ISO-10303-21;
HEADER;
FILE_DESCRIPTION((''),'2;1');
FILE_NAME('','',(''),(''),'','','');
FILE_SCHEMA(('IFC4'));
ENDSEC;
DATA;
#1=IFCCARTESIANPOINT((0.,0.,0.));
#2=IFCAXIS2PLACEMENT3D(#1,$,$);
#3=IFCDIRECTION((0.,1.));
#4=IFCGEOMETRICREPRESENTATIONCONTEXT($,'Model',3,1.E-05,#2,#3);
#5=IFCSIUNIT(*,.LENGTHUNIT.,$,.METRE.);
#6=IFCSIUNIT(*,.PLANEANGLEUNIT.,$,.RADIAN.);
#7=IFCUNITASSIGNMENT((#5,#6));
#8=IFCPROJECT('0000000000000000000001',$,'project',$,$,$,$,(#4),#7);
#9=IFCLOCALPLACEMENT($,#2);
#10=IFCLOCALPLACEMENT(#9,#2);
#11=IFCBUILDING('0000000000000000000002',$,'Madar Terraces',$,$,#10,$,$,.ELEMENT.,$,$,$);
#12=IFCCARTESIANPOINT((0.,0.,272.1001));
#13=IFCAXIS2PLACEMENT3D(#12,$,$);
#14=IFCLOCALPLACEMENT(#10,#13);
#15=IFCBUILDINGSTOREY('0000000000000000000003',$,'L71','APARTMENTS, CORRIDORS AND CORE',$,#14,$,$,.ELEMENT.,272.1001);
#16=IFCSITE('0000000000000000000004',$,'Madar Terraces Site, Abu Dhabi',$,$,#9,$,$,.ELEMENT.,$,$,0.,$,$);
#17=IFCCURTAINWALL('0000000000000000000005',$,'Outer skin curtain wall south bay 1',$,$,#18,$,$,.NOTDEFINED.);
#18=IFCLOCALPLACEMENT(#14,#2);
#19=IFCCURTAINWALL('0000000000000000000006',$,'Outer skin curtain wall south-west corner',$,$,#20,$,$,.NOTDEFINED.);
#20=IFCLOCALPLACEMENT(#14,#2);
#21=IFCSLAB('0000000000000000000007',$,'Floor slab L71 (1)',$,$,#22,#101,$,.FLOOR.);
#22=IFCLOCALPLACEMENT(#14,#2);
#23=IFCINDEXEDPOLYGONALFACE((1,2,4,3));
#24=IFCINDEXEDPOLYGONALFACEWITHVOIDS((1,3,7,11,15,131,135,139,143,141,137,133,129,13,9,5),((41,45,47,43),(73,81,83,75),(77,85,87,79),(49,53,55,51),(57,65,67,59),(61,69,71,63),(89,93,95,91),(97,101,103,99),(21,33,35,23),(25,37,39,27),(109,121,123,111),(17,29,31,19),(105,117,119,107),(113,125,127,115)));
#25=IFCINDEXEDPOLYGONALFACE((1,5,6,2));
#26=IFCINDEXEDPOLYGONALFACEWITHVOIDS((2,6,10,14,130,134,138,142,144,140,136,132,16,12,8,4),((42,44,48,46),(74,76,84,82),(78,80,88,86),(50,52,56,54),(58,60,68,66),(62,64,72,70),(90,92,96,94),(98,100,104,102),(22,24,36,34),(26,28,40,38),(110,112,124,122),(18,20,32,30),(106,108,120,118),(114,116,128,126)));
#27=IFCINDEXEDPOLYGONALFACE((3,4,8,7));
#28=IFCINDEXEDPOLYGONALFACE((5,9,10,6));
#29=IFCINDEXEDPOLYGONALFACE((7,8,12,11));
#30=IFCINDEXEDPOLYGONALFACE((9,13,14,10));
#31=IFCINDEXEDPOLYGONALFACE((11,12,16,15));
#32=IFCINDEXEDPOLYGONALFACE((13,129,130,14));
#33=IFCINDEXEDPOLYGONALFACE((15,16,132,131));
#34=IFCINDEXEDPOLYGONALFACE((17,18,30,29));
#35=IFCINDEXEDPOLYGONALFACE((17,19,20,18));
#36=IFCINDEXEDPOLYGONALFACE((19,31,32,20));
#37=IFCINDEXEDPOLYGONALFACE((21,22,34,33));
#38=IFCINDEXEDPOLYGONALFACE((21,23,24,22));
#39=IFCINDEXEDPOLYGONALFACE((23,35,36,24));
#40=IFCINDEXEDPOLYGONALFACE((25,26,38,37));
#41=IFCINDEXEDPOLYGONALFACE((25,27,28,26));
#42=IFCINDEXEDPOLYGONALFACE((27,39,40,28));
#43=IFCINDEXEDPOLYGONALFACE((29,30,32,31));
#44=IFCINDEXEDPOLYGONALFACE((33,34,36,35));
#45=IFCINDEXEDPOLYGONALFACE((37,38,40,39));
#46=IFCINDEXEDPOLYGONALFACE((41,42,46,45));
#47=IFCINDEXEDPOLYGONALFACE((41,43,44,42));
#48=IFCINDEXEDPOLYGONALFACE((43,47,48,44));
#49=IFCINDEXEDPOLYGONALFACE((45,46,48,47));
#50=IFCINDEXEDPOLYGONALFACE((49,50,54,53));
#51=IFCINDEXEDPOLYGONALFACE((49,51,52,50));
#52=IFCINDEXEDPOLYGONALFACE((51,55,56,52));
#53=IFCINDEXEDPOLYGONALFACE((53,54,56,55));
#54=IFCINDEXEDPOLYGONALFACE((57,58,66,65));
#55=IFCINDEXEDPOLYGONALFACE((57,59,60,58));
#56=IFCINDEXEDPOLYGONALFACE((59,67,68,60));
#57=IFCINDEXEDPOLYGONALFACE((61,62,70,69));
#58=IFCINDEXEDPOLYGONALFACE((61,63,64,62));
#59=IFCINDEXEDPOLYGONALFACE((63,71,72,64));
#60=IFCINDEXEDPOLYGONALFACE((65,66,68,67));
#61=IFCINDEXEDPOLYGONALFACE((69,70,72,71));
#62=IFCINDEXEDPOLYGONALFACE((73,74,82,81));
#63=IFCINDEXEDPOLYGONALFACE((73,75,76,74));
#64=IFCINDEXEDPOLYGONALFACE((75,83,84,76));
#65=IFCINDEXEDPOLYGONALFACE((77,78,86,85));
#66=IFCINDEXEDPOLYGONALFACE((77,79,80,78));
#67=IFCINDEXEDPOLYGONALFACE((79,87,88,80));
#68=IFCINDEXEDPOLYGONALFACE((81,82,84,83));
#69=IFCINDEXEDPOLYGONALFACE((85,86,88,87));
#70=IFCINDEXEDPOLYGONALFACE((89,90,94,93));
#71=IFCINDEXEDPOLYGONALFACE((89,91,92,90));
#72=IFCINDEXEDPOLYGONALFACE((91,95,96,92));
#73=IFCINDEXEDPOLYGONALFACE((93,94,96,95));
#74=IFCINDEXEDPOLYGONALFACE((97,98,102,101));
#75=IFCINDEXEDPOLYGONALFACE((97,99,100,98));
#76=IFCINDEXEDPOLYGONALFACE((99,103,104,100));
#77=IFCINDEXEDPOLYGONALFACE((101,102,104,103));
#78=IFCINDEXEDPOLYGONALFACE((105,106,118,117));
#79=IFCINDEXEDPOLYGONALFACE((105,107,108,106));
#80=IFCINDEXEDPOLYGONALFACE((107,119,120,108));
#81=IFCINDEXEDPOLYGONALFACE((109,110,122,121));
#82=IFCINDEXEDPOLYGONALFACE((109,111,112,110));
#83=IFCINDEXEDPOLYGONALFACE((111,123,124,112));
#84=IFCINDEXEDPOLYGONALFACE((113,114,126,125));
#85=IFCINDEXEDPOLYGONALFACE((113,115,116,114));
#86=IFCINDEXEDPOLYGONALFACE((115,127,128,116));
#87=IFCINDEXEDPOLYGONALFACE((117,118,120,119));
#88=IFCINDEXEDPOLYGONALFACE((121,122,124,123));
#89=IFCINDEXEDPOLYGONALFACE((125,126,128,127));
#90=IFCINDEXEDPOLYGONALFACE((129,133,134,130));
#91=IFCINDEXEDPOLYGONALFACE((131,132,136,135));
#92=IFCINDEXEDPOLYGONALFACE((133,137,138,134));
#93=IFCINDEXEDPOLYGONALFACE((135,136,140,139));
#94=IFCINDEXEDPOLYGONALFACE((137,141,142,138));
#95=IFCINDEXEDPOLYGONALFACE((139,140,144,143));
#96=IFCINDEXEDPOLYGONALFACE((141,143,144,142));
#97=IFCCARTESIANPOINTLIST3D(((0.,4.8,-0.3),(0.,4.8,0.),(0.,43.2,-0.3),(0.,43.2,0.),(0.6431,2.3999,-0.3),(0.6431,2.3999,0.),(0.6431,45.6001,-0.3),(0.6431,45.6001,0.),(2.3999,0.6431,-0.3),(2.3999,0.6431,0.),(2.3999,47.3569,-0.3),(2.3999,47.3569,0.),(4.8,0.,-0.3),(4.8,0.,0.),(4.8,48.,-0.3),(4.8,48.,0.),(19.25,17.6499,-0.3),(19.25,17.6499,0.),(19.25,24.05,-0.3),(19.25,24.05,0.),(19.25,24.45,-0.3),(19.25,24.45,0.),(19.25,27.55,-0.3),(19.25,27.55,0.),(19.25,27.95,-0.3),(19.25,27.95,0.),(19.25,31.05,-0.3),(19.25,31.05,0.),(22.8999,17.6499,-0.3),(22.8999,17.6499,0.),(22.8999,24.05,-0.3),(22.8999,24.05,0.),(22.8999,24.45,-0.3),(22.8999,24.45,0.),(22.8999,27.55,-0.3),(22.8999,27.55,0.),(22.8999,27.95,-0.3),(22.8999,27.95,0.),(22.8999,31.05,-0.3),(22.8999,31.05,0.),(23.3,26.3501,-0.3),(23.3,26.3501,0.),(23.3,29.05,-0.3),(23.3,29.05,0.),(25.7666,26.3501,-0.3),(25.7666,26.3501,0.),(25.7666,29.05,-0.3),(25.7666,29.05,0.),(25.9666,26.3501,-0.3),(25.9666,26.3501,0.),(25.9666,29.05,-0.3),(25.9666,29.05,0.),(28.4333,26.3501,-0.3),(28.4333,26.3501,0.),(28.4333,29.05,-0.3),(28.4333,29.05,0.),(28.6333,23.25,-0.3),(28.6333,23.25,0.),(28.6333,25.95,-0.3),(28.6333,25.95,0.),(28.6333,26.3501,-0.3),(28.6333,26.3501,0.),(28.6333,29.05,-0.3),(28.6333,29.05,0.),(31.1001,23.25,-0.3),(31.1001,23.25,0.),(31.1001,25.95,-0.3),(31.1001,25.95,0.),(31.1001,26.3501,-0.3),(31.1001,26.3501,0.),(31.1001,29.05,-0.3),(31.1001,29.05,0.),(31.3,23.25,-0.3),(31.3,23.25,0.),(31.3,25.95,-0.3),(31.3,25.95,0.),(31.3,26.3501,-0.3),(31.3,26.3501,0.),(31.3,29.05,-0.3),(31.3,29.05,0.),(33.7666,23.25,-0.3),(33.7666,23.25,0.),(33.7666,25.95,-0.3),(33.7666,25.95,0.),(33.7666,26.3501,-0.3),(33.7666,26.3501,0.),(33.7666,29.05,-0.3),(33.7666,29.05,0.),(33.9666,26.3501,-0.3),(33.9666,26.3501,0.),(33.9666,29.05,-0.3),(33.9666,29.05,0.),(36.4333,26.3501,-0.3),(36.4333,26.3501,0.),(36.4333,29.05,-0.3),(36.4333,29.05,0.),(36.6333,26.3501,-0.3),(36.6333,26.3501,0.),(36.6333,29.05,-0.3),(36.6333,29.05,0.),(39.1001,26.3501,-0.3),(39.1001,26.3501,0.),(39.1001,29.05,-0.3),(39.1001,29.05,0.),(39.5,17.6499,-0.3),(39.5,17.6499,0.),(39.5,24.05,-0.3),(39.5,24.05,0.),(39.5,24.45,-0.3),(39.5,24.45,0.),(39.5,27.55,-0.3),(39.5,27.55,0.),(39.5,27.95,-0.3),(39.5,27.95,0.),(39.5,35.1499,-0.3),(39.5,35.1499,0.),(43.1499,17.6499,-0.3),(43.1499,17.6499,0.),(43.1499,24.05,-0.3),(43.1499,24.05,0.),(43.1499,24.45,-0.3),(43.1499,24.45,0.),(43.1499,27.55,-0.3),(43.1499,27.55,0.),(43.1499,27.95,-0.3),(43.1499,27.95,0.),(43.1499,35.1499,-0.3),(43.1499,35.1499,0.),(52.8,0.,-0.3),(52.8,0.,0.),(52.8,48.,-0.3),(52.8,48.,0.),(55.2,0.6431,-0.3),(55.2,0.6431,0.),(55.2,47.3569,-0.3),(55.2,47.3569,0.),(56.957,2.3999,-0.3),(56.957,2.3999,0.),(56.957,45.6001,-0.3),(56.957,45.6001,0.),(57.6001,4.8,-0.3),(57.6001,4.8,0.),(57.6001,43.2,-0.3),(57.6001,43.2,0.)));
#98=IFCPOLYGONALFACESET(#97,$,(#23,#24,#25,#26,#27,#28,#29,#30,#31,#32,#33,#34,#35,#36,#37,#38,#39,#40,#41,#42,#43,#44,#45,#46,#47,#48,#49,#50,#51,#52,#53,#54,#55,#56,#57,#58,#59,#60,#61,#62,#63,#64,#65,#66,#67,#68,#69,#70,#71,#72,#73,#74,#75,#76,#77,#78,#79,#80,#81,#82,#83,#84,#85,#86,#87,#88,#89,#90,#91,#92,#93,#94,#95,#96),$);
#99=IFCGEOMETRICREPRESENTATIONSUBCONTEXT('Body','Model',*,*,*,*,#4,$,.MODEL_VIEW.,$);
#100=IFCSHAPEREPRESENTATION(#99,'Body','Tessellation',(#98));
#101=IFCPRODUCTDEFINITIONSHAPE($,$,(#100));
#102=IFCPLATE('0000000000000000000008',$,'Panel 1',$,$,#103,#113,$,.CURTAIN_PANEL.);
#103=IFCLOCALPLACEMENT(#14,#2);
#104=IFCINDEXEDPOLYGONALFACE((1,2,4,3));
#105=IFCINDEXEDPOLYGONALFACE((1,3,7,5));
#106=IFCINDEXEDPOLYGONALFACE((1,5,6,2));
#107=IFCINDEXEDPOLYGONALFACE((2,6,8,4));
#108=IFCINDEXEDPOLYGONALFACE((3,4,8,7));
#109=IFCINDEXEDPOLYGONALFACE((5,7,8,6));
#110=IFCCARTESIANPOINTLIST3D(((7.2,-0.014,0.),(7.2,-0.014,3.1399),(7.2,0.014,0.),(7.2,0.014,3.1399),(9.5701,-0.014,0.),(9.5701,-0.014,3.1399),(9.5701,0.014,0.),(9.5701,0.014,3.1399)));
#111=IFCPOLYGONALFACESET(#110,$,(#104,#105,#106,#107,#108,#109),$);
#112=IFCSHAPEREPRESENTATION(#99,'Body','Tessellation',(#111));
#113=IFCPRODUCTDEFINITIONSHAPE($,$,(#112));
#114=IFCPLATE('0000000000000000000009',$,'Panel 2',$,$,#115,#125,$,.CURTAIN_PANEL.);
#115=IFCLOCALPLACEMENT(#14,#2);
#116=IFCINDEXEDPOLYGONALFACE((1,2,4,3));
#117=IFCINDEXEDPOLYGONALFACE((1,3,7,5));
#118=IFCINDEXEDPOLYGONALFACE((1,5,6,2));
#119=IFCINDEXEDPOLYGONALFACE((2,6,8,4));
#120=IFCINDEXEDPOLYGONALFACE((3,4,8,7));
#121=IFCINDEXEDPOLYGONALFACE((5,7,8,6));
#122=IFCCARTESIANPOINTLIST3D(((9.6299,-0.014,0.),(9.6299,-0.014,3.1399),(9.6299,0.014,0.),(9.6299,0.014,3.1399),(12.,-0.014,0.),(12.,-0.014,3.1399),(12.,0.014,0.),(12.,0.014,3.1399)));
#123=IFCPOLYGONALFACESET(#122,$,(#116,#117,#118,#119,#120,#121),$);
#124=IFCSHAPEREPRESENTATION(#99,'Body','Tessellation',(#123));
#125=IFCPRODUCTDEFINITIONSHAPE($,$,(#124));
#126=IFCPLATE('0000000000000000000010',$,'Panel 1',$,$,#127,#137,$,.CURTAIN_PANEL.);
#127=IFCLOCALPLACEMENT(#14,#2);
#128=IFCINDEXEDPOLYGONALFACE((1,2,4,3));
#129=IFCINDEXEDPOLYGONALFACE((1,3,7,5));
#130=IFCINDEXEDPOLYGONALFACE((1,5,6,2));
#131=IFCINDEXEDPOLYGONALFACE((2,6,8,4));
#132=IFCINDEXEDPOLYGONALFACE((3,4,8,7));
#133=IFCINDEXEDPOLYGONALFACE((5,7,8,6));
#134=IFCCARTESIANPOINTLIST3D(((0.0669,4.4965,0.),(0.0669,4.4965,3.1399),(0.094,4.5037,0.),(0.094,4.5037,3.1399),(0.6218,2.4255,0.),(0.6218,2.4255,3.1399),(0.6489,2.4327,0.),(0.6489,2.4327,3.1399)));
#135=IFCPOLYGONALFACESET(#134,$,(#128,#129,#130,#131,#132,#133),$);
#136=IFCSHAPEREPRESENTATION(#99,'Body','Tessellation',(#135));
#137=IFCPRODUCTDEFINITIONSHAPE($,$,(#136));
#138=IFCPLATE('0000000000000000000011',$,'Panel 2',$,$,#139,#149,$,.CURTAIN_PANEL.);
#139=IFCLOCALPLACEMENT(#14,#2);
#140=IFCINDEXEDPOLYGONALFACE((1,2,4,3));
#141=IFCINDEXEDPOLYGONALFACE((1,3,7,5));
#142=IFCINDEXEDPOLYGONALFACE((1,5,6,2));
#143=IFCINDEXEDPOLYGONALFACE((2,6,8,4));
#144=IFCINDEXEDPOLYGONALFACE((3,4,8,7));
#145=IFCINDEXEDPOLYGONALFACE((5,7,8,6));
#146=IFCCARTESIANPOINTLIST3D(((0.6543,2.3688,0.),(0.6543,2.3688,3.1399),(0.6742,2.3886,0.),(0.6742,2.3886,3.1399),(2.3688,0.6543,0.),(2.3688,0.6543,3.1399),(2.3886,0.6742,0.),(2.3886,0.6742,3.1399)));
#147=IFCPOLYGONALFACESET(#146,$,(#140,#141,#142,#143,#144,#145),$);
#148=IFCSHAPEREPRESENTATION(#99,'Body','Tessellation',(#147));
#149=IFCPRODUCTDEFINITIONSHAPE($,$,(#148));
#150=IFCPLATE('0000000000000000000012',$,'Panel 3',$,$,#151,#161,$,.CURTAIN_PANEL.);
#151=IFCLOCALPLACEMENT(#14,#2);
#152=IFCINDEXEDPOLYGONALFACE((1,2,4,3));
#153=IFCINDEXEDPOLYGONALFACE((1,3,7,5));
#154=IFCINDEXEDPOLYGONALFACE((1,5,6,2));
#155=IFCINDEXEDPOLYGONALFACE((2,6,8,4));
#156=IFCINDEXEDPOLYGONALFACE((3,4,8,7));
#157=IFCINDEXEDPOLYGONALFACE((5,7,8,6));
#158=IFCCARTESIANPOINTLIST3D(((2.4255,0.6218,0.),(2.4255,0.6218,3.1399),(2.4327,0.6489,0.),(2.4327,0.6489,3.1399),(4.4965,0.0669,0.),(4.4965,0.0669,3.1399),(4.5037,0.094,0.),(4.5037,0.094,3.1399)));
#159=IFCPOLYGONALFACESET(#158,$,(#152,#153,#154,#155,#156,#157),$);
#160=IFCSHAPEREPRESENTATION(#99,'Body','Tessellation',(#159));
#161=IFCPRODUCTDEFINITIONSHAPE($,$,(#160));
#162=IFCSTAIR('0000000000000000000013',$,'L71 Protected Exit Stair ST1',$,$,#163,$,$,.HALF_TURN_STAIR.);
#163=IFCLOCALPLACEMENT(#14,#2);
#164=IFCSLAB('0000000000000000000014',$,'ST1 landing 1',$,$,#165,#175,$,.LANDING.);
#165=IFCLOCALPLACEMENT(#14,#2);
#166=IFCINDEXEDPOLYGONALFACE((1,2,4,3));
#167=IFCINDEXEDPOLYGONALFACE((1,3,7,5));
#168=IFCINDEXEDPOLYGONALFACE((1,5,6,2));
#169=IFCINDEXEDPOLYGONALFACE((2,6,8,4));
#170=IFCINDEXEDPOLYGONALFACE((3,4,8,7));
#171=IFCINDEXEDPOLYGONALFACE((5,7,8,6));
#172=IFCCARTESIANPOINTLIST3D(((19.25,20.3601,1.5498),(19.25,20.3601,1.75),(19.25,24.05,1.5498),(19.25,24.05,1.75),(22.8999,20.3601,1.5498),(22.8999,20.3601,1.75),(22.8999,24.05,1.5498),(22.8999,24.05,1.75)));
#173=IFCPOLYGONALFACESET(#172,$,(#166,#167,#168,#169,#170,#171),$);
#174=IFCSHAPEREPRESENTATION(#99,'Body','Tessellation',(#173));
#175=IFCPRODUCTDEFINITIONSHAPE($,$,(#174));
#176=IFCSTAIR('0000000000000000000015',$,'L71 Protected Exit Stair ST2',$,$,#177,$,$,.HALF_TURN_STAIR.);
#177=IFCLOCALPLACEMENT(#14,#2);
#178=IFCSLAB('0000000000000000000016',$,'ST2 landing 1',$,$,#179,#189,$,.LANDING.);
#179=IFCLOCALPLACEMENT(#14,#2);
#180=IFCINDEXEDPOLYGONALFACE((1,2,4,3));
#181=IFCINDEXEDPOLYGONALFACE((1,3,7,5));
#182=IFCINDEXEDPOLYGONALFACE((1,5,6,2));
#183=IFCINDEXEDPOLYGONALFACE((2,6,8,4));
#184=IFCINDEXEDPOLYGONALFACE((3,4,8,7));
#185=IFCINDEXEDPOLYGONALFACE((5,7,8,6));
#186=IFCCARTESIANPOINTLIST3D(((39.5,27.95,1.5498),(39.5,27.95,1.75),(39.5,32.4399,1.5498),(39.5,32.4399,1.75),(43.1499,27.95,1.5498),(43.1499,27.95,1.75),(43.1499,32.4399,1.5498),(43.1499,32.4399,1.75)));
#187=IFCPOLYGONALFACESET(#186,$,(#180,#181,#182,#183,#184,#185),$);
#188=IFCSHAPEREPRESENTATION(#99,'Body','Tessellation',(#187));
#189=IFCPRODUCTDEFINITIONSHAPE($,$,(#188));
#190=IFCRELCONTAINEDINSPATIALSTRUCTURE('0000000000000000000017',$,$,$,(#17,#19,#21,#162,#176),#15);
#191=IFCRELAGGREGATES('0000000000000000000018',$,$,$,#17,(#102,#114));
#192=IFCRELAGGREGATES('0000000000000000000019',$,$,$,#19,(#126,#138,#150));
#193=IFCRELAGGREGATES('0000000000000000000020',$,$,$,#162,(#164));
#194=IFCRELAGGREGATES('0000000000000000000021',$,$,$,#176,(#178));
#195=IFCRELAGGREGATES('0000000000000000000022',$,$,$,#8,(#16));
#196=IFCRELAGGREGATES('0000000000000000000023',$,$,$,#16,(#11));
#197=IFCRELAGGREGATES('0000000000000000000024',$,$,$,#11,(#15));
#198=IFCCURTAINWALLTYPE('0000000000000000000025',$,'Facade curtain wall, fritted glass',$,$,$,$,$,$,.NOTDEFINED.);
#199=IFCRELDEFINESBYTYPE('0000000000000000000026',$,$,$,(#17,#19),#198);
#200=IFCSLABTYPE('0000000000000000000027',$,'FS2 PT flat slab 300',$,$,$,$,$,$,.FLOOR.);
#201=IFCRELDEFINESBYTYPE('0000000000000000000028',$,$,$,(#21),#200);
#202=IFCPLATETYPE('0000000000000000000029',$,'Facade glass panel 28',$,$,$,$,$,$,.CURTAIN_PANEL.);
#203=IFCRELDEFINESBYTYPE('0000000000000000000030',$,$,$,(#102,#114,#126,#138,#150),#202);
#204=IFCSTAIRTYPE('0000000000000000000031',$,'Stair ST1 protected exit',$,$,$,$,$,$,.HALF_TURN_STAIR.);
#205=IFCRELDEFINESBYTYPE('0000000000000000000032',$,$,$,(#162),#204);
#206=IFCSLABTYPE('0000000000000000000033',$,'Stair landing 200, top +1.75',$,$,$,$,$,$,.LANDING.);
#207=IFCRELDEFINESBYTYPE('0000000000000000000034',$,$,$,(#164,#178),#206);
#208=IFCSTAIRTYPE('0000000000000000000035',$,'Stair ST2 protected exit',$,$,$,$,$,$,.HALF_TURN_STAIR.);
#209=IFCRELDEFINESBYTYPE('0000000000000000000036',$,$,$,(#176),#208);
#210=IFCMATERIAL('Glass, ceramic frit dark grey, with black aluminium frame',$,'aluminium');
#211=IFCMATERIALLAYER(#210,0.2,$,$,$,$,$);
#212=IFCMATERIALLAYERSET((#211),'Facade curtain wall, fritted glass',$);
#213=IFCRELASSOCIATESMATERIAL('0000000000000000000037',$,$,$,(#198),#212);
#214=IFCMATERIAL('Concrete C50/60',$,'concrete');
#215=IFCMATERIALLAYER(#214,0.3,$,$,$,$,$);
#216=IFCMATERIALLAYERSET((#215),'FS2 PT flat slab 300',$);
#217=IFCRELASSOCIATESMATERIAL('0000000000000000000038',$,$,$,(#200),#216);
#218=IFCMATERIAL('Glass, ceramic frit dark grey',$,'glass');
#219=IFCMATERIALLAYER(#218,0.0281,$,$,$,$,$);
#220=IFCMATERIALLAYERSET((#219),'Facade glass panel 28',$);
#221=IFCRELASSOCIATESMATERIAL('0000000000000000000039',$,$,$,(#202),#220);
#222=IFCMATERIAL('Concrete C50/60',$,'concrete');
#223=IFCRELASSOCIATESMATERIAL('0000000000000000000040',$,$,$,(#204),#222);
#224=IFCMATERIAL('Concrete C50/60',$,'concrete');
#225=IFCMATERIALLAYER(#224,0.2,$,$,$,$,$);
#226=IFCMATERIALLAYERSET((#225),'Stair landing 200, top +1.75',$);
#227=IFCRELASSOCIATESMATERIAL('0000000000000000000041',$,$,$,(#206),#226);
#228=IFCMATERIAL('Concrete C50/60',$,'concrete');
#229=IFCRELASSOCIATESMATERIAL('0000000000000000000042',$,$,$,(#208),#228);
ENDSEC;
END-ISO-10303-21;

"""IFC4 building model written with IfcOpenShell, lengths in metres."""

from ifc_helpers import new_model, si_unit, direction, frame, origin, origin_2d, place, context, subcontext, project, spatial, polyline, rectangle, outline, extrude, material, layer, layer_set, type_object, element, aggregate, save


model = new_model("IFC4")

# Units and contexts
model_context = context("Model", 3, precision=1e-05, world=origin(), true_north=direction((0.0, 1.0)))
body_context = subcontext(model_context, "Body", "Model", "MODEL_VIEW")
ifc_project = project(units=[si_unit("LENGTHUNIT", "METRE"), si_unit("PLANEANGLEUNIT", "RADIAN")], contexts=[model_context])

# Site, building, storey
site_placement = place(None, origin())
site = spatial("IfcSite", under=ifc_project, at=site_placement, Name="Madar Terraces Site, Abu Dhabi", CompositionType="ELEMENT", RefElevation=0.0)
building_placement = place(site_placement, origin())
building = spatial("IfcBuilding", under=site, at=building_placement, Name="Madar Terraces", CompositionType="ELEMENT")
storey_placement = place(building_placement, frame((0.0, 0.0, 272.1001)))
storey = spatial("IfcBuildingStorey", under=building, at=storey_placement, Name="L71", Description="APARTMENTS, CORRIDORS AND CORE", CompositionType="ELEMENT", Elevation=272.1001)

# Curtain wall
ifc_material_1 = material(Name="Glass, ceramic frit dark grey, with black aluminium frame", Category="aluminium")
ifc_layer_1 = layer(ifc_material_1, 0.2)
ifc_layer_set_1 = layer_set([ifc_layer_1], Name="Facade curtain wall, fritted glass")
curtain_wall_type = type_object("IfcCurtainWallType", Name="Facade curtain wall, fritted glass", PredefinedType="NOTDEFINED", material=ifc_layer_set_1)
curtain_wall_1_placement = place(storey_placement, origin())
curtain_wall_1 = element("IfcCurtainWall", 1, at=curtain_wall_1_placement, inside=storey, type_object=curtain_wall_type, Name="Outer skin curtain wall south bay 1", PredefinedType="NOTDEFINED")

# Curtain wall
curtain_wall_2_placement = place(storey_placement, origin())
curtain_wall_2 = element("IfcCurtainWall", 2, at=curtain_wall_2_placement, inside=storey, type_object=curtain_wall_type, Name="Outer skin curtain wall south-west corner", PredefinedType="NOTDEFINED")

# Slab
ifc_material_2 = material(Name="Concrete C50/60", Category="concrete")
ifc_layer_2 = layer(ifc_material_2, 0.3)
ifc_layer_set_2 = layer_set([ifc_layer_2], Name="FS2 PT flat slab 300")
slab_type_1 = type_object("IfcSlabType", Name="FS2 PT flat slab 300", PredefinedType="FLOOR", material=ifc_layer_set_2)
slab_1_placement = place(storey_placement, frame((0.0, 0.0, -0.3)))
element("IfcSlab", 3, at=slab_1_placement, inside=storey, type_object=slab_type_1, Name="Floor slab L71 (1)", PredefinedType="FLOOR", context=body_context, shape_type="SweptSolid", body=[
    extrude(outline(polyline([(52.8, 0.0), (55.2, 0.6431), (56.957, 2.3999), (57.6001, 4.8), (57.6001, 43.2), (56.957, 45.6001), (55.2, 47.3569), (52.8, 48.0), (4.8, 48.0), (2.3999, 47.3569), (0.6431, 45.6001), (0.0, 43.2), (0.0, 4.8), (0.6431, 2.3999), (2.3999, 0.6431), (4.8, 0.0), (52.8, 0.0)]), holes=[polyline([(22.8999, 17.6499), (19.25, 17.6499), (19.25, 24.05), (22.8999, 24.05), (22.8999, 17.6499)]), polyline([(28.6333, 23.25), (28.6333, 25.95), (31.1001, 25.95), (31.1001, 23.25), (28.6333, 23.25)]), polyline([(19.25, 24.45), (19.25, 27.55), (22.8999, 27.55), (22.8999, 24.45), (19.25, 24.45)]), polyline([(23.3, 26.3501), (23.3, 29.05), (25.7666, 29.05), (25.7666, 26.3501), (23.3, 26.3501)]), polyline([(25.9666, 26.3501), (25.9666, 29.05), (28.4333, 29.05), (28.4333, 26.3501), (25.9666, 26.3501)]), polyline([(28.6333, 26.3501), (28.6333, 29.05), (31.1001, 29.05), (31.1001, 26.3501), (28.6333, 26.3501)]), polyline([(19.25, 27.95), (19.25, 31.05), (22.8999, 31.05), (22.8999, 27.95), (19.25, 27.95)]), polyline([(43.1499, 17.6499), (39.5, 17.6499), (39.5, 24.05), (43.1499, 24.05), (43.1499, 17.6499)]), polyline([(31.3, 23.25), (31.3, 25.95), (33.7666, 25.95), (33.7666, 23.25), (31.3, 23.25)]), polyline([(39.5, 24.45), (39.5, 27.55), (43.1499, 27.55), (43.1499, 24.45), (39.5, 24.45)]), polyline([(31.3, 26.3501), (31.3, 29.05), (33.7666, 29.05), (33.7666, 26.3501), (31.3, 26.3501)]), polyline([(33.9666, 26.3501), (33.9666, 29.05), (36.4333, 29.05), (36.4333, 26.3501), (33.9666, 26.3501)]), polyline([(36.6333, 26.3501), (36.6333, 29.05), (39.1001, 29.05), (39.1001, 26.3501), (36.6333, 26.3501)]), polyline([(39.5, 27.95), (39.5, 35.1499), (43.1499, 35.1499), (43.1499, 27.95), (39.5, 27.95)])]), origin(), (0.0, 0.0, 1.0), 0.3),
])

# Plates
ifc_material_3 = material(Name="Glass, ceramic frit dark grey", Category="glass")
ifc_layer_3 = layer(ifc_material_3, 0.0281)
ifc_layer_set_3 = layer_set([ifc_layer_3], Name="Facade glass panel 28")
plate_type = type_object("IfcPlateType", Name="Facade glass panel 28", PredefinedType="CURTAIN_PANEL", material=ifc_layer_set_3)
plate_1_placement = place(storey_placement, frame((8.385, 0.0, 0.0), z_axis=(0.0, 0.0, 1.0), x_axis=(1.0, 0.0, 0.0)))
plate_1 = element("IfcPlate", 4, at=plate_1_placement, type_object=plate_type, Name="Panel 1", PredefinedType="CURTAIN_PANEL", context=body_context, shape_type="SweptSolid", body=[
    extrude(rectangle(XDim=2.3701, YDim=0.0281, at=origin_2d()), origin(), (0.0, 0.0, 1.0), 3.1399),
])
plate_2_placement = place(storey_placement, frame((10.8149, 0.0, 0.0), z_axis=(0.0, 0.0, 1.0), x_axis=(1.0, 0.0, 0.0)))
plate_2 = element("IfcPlate", 5, at=plate_2_placement, type_object=plate_type, Name="Panel 2", PredefinedType="CURTAIN_PANEL", context=body_context, shape_type="SweptSolid", body=[
    extrude(rectangle(XDim=2.3701, YDim=0.0281, at=origin_2d()), origin(), (0.0, 0.0, 1.0), 3.1399),
])
aggregate(curtain_wall_1, [plate_1, plate_2])
plate_3_placement = place(storey_placement, frame((0.3579, 3.4646, 0.0), z_axis=(0.0, 0.0, 1.0), x_axis=(0.258819, -0.965926, 0.0)))
plate_3 = element("IfcPlate", 6, at=plate_3_placement, type_object=plate_type, Name="Panel 1", PredefinedType="CURTAIN_PANEL", context=body_context, shape_type="SweptSolid", body=[
    extrude(rectangle(XDim=2.144, YDim=0.0281, at=origin_2d()), origin(), (0.0, 0.0, 1.0), 3.1399),
])
plate_4_placement = place(storey_placement, frame((1.5215, 1.5215, 0.0), z_axis=(0.0, 0.0, 1.0), x_axis=(0.707107, -0.707107, 0.0)))
plate_4 = element("IfcPlate", 7, at=plate_4_placement, type_object=plate_type, Name="Panel 2", PredefinedType="CURTAIN_PANEL", context=body_context, shape_type="SweptSolid", body=[
    extrude(rectangle(XDim=2.4246, YDim=0.0281, at=origin_2d()), origin(), (0.0, 0.0, 1.0), 3.1399),
])
plate_5_placement = place(storey_placement, frame((3.4646, 0.3579, 0.0), z_axis=(0.0, 0.0, 1.0), x_axis=(0.965926, -0.258819, 0.0)))
plate_5 = element("IfcPlate", 8, at=plate_5_placement, type_object=plate_type, Name="Panel 3", PredefinedType="CURTAIN_PANEL", context=body_context, shape_type="SweptSolid", body=[
    extrude(rectangle(XDim=2.144, YDim=0.0281, at=origin_2d()), origin(), (0.0, 0.0, 1.0), 3.1399),
])
aggregate(curtain_wall_2, [plate_3, plate_4, plate_5])

# Stairs, slabs
ifc_material_4 = material(Name="Concrete C50/60", Category="concrete")
stair_type_1 = type_object("IfcStairType", Name="Stair ST1 protected exit", PredefinedType="HALF_TURN_STAIR", material=ifc_material_4)
stair_1_placement = place(storey_placement, origin())
stair_1 = element("IfcStair", 9, at=stair_1_placement, inside=storey, type_object=stair_type_1, Name="L71 Protected Exit Stair ST1", PredefinedType="HALF_TURN_STAIR")
ifc_material_5 = material(Name="Concrete C50/60", Category="concrete")
ifc_layer_4 = layer(ifc_material_5, 0.2)
ifc_layer_set_4 = layer_set([ifc_layer_4], Name="Stair landing 200, top +1.75")
slab_type_2 = type_object("IfcSlabType", Name="Stair landing 200, top +1.75", PredefinedType="LANDING", material=ifc_layer_set_4)
slab_2_placement = place(storey_placement, frame((0.0, 0.0, 1.5498)))
slab_2 = element("IfcSlab", 10, at=slab_2_placement, type_object=slab_type_2, Name="ST1 landing 1", PredefinedType="LANDING", context=body_context, shape_type="SweptSolid", body=[
    extrude(outline(polyline([(19.25, 20.3601), (22.8999, 20.3601), (22.8999, 24.05), (19.25, 24.05), (19.25, 20.3601)])), origin(), (0.0, 0.0, 1.0), 0.2002),
])
aggregate(stair_1, [slab_2])
ifc_material_6 = material(Name="Concrete C50/60", Category="concrete")
stair_type_2 = type_object("IfcStairType", Name="Stair ST2 protected exit", PredefinedType="HALF_TURN_STAIR", material=ifc_material_6)
stair_2_placement = place(storey_placement, origin())
stair_2 = element("IfcStair", 11, at=stair_2_placement, inside=storey, type_object=stair_type_2, Name="L71 Protected Exit Stair ST2", PredefinedType="HALF_TURN_STAIR")
slab_3_placement = place(storey_placement, frame((0.0, 0.0, 1.5498)))
slab_3 = element("IfcSlab", 12, at=slab_3_placement, type_object=slab_type_2, Name="ST2 landing 1", PredefinedType="LANDING", context=body_context, shape_type="SweptSolid", body=[
    extrude(outline(polyline([(39.5, 27.95), (43.1499, 27.95), (43.1499, 32.4399), (39.5, 32.4399), (39.5, 27.95)])), origin(), (0.0, 0.0, 1.0), 0.2002),
])
aggregate(stair_2, [slab_3])

save(model, "model.ifc")
